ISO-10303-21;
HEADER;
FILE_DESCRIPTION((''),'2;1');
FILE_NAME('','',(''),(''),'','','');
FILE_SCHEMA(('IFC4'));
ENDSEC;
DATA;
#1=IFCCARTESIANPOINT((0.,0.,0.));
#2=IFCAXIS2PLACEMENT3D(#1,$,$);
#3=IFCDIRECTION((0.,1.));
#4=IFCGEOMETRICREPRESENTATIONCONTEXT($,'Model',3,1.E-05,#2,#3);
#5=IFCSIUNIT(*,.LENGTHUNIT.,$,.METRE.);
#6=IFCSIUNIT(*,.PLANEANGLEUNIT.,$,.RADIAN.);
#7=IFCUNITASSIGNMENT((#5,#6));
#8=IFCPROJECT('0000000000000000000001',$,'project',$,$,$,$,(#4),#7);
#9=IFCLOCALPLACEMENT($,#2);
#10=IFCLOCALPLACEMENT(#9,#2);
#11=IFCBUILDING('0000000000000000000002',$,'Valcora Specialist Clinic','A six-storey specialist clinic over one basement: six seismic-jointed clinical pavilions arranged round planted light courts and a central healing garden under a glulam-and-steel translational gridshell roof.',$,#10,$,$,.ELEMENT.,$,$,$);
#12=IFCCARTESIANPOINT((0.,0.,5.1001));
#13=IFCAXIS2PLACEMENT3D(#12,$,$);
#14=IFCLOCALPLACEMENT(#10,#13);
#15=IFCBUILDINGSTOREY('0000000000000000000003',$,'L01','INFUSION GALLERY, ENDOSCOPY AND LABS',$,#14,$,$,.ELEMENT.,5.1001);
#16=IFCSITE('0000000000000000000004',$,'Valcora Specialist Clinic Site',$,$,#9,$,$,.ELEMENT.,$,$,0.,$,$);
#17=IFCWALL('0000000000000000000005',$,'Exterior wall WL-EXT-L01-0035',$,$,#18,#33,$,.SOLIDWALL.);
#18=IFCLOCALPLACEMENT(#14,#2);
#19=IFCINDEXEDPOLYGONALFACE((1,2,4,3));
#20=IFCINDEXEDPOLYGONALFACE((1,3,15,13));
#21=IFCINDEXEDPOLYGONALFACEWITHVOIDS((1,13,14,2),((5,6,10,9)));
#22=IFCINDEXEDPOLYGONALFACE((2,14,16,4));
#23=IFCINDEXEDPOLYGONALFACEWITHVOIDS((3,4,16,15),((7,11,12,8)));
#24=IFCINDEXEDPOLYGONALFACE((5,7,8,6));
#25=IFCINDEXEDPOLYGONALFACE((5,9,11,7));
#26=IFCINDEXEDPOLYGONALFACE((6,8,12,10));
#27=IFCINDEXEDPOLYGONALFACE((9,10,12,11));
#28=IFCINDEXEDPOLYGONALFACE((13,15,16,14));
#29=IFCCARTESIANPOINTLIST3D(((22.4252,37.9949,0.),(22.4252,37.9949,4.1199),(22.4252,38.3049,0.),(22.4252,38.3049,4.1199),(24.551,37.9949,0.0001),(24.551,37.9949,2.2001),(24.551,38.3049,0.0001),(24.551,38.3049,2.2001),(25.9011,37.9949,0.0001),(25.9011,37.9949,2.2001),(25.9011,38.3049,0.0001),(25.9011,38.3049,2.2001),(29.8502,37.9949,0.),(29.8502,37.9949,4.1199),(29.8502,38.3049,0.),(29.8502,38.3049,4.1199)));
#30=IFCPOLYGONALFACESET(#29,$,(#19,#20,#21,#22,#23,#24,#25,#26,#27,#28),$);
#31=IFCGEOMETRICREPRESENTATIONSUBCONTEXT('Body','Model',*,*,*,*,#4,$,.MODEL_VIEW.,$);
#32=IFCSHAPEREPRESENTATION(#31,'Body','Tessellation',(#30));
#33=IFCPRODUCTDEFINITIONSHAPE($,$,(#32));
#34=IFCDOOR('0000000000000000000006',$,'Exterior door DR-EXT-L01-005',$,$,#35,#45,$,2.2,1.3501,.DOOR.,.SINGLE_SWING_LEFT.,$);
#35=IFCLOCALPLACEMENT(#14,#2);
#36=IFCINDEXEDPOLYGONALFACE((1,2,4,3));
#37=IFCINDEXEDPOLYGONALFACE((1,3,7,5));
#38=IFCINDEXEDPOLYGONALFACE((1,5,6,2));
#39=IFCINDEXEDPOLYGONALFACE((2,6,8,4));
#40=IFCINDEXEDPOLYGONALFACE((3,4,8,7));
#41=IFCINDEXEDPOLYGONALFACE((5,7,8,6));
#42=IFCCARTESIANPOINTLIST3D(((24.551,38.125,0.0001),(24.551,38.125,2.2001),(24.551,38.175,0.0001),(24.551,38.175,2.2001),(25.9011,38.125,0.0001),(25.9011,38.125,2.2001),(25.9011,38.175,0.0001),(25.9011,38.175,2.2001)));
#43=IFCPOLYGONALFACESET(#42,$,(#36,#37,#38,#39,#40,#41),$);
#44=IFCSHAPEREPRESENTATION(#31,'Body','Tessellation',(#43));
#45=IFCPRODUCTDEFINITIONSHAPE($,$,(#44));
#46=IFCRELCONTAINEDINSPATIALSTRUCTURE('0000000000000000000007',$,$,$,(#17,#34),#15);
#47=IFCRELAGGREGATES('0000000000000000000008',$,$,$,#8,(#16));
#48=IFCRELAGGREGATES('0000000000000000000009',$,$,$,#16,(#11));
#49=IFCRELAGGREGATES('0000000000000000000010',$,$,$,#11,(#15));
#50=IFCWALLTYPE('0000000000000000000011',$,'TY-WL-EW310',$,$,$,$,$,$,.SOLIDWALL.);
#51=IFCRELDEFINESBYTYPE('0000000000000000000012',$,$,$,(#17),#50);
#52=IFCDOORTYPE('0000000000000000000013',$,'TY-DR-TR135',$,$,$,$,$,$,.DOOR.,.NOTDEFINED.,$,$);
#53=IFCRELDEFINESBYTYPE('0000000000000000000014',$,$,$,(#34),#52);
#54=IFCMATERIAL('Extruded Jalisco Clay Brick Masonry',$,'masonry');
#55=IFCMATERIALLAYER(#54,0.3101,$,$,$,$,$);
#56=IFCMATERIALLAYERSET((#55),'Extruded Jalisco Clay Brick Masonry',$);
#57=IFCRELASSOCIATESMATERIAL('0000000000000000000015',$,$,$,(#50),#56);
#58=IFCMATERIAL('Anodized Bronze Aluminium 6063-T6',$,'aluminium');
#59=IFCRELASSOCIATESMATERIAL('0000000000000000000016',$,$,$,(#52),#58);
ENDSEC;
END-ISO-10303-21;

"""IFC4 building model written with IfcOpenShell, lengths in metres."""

from ifc_helpers import new_model, si_unit, direction, frame, frame_2d, origin, place, context, subcontext, project, spatial, rectangle, extrude, material, layer, layer_set, type_object, element, fill, save


model = new_model("IFC4")

# Units and contexts
model_context = context("Model", 3, precision=1e-05, world=origin(), true_north=direction((0.0, 1.0)))
body_context = subcontext(model_context, "Body", "Model", "MODEL_VIEW")
ifc_project = project(units=[si_unit("LENGTHUNIT", "METRE"), si_unit("PLANEANGLEUNIT", "RADIAN")], contexts=[model_context])

# Site, building, storey
site_placement = place(None, origin())
site = spatial("IfcSite", under=ifc_project, at=site_placement, Name="Valcora Specialist Clinic Site", CompositionType="ELEMENT", RefElevation=0.0)
building_placement = place(site_placement, origin())
building = spatial("IfcBuilding", under=site, at=building_placement, Name="Valcora Specialist Clinic", Description="A six-storey specialist clinic over one basement: six seismic-jointed clinical pavilions arranged round planted light courts and a central healing garden under a glulam-and-steel translational gridshell roof.", CompositionType="ELEMENT")
storey_placement = place(building_placement, frame((0.0, 0.0, 5.1001)))
storey = spatial("IfcBuildingStorey", under=building, at=storey_placement, Name="L01", Description="INFUSION GALLERY, ENDOSCOPY AND LABS", CompositionType="ELEMENT", Elevation=5.1001)

# Shared definitions
ifc_material_1 = material(Name="Anodized Bronze Aluminium 6063-T6", Category="aluminium")

# Wall, opening, door
ifc_material_2 = material(Name="Extruded Jalisco Clay Brick Masonry", Category="masonry")
ifc_layer_1 = layer(ifc_material_2, 0.3101)
ifc_layer_set_1 = layer_set([ifc_layer_1], Name="Extruded Jalisco Clay Brick Masonry")
wall_type = type_object("IfcWallType", Name="TY-WL-EW310", PredefinedType="SOLIDWALL", material=ifc_layer_set_1)
wall_placement = place(storey_placement, frame((29.8501, 38.1499, 0.0), z_axis=(0.0, 0.0, 1.0), x_axis=(-1.0, 0.0, 0.0)))
wall = element("IfcWall", 1, at=wall_placement, inside=storey, type_object=wall_type, Name="Exterior wall WL-EXT-L01-0035", PredefinedType="SOLIDWALL", context=body_context, shape_type="SweptSolid", body=[
    extrude(rectangle(XDim=7.425, YDim=0.3101, at=frame_2d((3.7124, 0.0))), origin(), (0.0, 0.0, 1.0), 4.1199),
])
opening_placement = place(wall_placement, frame((3.949, 0.0, 0.0)))
opening = element("IfcOpeningElement", 2, at=opening_placement, cuts=wall, PredefinedType="OPENING", context=body_context, shape_type="SweptSolid", body=[
    extrude(rectangle(XDim=1.3501, YDim=2.2, at=frame_2d((0.675, 1.1001))), frame((0.0, 0.165, 0.0), z_axis=(0.0, -1.0, 0.0), x_axis=(1.0, 0.0, 0.0)), (0.0, 0.0, 1.0), 0.3301),
])
door_type = type_object("IfcDoorType", Name="TY-DR-TR135", OperationType="NOTDEFINED", PredefinedType="DOOR", material=ifc_material_1)
door_placement = place(opening_placement, origin())
door = element("IfcDoor", 3, at=door_placement, inside=storey, type_object=door_type, Name="Exterior door DR-EXT-L01-005", OperationType="SINGLE_SWING_LEFT", OverallHeight=2.2, OverallWidth=1.3501, PredefinedType="DOOR", context=body_context, shape_type="SweptSolid", body=[
    extrude(rectangle(XDim=1.3501, YDim=2.2, at=frame_2d((0.675, 1.1001))), frame((0.0, 0.0249, 0.0), z_axis=(0.0, -1.0, 0.0), x_axis=(1.0, 0.0, 0.0)), (0.0, 0.0, 1.0), 0.05),
])
fill(opening, door)

save(model, "model.ifc")
